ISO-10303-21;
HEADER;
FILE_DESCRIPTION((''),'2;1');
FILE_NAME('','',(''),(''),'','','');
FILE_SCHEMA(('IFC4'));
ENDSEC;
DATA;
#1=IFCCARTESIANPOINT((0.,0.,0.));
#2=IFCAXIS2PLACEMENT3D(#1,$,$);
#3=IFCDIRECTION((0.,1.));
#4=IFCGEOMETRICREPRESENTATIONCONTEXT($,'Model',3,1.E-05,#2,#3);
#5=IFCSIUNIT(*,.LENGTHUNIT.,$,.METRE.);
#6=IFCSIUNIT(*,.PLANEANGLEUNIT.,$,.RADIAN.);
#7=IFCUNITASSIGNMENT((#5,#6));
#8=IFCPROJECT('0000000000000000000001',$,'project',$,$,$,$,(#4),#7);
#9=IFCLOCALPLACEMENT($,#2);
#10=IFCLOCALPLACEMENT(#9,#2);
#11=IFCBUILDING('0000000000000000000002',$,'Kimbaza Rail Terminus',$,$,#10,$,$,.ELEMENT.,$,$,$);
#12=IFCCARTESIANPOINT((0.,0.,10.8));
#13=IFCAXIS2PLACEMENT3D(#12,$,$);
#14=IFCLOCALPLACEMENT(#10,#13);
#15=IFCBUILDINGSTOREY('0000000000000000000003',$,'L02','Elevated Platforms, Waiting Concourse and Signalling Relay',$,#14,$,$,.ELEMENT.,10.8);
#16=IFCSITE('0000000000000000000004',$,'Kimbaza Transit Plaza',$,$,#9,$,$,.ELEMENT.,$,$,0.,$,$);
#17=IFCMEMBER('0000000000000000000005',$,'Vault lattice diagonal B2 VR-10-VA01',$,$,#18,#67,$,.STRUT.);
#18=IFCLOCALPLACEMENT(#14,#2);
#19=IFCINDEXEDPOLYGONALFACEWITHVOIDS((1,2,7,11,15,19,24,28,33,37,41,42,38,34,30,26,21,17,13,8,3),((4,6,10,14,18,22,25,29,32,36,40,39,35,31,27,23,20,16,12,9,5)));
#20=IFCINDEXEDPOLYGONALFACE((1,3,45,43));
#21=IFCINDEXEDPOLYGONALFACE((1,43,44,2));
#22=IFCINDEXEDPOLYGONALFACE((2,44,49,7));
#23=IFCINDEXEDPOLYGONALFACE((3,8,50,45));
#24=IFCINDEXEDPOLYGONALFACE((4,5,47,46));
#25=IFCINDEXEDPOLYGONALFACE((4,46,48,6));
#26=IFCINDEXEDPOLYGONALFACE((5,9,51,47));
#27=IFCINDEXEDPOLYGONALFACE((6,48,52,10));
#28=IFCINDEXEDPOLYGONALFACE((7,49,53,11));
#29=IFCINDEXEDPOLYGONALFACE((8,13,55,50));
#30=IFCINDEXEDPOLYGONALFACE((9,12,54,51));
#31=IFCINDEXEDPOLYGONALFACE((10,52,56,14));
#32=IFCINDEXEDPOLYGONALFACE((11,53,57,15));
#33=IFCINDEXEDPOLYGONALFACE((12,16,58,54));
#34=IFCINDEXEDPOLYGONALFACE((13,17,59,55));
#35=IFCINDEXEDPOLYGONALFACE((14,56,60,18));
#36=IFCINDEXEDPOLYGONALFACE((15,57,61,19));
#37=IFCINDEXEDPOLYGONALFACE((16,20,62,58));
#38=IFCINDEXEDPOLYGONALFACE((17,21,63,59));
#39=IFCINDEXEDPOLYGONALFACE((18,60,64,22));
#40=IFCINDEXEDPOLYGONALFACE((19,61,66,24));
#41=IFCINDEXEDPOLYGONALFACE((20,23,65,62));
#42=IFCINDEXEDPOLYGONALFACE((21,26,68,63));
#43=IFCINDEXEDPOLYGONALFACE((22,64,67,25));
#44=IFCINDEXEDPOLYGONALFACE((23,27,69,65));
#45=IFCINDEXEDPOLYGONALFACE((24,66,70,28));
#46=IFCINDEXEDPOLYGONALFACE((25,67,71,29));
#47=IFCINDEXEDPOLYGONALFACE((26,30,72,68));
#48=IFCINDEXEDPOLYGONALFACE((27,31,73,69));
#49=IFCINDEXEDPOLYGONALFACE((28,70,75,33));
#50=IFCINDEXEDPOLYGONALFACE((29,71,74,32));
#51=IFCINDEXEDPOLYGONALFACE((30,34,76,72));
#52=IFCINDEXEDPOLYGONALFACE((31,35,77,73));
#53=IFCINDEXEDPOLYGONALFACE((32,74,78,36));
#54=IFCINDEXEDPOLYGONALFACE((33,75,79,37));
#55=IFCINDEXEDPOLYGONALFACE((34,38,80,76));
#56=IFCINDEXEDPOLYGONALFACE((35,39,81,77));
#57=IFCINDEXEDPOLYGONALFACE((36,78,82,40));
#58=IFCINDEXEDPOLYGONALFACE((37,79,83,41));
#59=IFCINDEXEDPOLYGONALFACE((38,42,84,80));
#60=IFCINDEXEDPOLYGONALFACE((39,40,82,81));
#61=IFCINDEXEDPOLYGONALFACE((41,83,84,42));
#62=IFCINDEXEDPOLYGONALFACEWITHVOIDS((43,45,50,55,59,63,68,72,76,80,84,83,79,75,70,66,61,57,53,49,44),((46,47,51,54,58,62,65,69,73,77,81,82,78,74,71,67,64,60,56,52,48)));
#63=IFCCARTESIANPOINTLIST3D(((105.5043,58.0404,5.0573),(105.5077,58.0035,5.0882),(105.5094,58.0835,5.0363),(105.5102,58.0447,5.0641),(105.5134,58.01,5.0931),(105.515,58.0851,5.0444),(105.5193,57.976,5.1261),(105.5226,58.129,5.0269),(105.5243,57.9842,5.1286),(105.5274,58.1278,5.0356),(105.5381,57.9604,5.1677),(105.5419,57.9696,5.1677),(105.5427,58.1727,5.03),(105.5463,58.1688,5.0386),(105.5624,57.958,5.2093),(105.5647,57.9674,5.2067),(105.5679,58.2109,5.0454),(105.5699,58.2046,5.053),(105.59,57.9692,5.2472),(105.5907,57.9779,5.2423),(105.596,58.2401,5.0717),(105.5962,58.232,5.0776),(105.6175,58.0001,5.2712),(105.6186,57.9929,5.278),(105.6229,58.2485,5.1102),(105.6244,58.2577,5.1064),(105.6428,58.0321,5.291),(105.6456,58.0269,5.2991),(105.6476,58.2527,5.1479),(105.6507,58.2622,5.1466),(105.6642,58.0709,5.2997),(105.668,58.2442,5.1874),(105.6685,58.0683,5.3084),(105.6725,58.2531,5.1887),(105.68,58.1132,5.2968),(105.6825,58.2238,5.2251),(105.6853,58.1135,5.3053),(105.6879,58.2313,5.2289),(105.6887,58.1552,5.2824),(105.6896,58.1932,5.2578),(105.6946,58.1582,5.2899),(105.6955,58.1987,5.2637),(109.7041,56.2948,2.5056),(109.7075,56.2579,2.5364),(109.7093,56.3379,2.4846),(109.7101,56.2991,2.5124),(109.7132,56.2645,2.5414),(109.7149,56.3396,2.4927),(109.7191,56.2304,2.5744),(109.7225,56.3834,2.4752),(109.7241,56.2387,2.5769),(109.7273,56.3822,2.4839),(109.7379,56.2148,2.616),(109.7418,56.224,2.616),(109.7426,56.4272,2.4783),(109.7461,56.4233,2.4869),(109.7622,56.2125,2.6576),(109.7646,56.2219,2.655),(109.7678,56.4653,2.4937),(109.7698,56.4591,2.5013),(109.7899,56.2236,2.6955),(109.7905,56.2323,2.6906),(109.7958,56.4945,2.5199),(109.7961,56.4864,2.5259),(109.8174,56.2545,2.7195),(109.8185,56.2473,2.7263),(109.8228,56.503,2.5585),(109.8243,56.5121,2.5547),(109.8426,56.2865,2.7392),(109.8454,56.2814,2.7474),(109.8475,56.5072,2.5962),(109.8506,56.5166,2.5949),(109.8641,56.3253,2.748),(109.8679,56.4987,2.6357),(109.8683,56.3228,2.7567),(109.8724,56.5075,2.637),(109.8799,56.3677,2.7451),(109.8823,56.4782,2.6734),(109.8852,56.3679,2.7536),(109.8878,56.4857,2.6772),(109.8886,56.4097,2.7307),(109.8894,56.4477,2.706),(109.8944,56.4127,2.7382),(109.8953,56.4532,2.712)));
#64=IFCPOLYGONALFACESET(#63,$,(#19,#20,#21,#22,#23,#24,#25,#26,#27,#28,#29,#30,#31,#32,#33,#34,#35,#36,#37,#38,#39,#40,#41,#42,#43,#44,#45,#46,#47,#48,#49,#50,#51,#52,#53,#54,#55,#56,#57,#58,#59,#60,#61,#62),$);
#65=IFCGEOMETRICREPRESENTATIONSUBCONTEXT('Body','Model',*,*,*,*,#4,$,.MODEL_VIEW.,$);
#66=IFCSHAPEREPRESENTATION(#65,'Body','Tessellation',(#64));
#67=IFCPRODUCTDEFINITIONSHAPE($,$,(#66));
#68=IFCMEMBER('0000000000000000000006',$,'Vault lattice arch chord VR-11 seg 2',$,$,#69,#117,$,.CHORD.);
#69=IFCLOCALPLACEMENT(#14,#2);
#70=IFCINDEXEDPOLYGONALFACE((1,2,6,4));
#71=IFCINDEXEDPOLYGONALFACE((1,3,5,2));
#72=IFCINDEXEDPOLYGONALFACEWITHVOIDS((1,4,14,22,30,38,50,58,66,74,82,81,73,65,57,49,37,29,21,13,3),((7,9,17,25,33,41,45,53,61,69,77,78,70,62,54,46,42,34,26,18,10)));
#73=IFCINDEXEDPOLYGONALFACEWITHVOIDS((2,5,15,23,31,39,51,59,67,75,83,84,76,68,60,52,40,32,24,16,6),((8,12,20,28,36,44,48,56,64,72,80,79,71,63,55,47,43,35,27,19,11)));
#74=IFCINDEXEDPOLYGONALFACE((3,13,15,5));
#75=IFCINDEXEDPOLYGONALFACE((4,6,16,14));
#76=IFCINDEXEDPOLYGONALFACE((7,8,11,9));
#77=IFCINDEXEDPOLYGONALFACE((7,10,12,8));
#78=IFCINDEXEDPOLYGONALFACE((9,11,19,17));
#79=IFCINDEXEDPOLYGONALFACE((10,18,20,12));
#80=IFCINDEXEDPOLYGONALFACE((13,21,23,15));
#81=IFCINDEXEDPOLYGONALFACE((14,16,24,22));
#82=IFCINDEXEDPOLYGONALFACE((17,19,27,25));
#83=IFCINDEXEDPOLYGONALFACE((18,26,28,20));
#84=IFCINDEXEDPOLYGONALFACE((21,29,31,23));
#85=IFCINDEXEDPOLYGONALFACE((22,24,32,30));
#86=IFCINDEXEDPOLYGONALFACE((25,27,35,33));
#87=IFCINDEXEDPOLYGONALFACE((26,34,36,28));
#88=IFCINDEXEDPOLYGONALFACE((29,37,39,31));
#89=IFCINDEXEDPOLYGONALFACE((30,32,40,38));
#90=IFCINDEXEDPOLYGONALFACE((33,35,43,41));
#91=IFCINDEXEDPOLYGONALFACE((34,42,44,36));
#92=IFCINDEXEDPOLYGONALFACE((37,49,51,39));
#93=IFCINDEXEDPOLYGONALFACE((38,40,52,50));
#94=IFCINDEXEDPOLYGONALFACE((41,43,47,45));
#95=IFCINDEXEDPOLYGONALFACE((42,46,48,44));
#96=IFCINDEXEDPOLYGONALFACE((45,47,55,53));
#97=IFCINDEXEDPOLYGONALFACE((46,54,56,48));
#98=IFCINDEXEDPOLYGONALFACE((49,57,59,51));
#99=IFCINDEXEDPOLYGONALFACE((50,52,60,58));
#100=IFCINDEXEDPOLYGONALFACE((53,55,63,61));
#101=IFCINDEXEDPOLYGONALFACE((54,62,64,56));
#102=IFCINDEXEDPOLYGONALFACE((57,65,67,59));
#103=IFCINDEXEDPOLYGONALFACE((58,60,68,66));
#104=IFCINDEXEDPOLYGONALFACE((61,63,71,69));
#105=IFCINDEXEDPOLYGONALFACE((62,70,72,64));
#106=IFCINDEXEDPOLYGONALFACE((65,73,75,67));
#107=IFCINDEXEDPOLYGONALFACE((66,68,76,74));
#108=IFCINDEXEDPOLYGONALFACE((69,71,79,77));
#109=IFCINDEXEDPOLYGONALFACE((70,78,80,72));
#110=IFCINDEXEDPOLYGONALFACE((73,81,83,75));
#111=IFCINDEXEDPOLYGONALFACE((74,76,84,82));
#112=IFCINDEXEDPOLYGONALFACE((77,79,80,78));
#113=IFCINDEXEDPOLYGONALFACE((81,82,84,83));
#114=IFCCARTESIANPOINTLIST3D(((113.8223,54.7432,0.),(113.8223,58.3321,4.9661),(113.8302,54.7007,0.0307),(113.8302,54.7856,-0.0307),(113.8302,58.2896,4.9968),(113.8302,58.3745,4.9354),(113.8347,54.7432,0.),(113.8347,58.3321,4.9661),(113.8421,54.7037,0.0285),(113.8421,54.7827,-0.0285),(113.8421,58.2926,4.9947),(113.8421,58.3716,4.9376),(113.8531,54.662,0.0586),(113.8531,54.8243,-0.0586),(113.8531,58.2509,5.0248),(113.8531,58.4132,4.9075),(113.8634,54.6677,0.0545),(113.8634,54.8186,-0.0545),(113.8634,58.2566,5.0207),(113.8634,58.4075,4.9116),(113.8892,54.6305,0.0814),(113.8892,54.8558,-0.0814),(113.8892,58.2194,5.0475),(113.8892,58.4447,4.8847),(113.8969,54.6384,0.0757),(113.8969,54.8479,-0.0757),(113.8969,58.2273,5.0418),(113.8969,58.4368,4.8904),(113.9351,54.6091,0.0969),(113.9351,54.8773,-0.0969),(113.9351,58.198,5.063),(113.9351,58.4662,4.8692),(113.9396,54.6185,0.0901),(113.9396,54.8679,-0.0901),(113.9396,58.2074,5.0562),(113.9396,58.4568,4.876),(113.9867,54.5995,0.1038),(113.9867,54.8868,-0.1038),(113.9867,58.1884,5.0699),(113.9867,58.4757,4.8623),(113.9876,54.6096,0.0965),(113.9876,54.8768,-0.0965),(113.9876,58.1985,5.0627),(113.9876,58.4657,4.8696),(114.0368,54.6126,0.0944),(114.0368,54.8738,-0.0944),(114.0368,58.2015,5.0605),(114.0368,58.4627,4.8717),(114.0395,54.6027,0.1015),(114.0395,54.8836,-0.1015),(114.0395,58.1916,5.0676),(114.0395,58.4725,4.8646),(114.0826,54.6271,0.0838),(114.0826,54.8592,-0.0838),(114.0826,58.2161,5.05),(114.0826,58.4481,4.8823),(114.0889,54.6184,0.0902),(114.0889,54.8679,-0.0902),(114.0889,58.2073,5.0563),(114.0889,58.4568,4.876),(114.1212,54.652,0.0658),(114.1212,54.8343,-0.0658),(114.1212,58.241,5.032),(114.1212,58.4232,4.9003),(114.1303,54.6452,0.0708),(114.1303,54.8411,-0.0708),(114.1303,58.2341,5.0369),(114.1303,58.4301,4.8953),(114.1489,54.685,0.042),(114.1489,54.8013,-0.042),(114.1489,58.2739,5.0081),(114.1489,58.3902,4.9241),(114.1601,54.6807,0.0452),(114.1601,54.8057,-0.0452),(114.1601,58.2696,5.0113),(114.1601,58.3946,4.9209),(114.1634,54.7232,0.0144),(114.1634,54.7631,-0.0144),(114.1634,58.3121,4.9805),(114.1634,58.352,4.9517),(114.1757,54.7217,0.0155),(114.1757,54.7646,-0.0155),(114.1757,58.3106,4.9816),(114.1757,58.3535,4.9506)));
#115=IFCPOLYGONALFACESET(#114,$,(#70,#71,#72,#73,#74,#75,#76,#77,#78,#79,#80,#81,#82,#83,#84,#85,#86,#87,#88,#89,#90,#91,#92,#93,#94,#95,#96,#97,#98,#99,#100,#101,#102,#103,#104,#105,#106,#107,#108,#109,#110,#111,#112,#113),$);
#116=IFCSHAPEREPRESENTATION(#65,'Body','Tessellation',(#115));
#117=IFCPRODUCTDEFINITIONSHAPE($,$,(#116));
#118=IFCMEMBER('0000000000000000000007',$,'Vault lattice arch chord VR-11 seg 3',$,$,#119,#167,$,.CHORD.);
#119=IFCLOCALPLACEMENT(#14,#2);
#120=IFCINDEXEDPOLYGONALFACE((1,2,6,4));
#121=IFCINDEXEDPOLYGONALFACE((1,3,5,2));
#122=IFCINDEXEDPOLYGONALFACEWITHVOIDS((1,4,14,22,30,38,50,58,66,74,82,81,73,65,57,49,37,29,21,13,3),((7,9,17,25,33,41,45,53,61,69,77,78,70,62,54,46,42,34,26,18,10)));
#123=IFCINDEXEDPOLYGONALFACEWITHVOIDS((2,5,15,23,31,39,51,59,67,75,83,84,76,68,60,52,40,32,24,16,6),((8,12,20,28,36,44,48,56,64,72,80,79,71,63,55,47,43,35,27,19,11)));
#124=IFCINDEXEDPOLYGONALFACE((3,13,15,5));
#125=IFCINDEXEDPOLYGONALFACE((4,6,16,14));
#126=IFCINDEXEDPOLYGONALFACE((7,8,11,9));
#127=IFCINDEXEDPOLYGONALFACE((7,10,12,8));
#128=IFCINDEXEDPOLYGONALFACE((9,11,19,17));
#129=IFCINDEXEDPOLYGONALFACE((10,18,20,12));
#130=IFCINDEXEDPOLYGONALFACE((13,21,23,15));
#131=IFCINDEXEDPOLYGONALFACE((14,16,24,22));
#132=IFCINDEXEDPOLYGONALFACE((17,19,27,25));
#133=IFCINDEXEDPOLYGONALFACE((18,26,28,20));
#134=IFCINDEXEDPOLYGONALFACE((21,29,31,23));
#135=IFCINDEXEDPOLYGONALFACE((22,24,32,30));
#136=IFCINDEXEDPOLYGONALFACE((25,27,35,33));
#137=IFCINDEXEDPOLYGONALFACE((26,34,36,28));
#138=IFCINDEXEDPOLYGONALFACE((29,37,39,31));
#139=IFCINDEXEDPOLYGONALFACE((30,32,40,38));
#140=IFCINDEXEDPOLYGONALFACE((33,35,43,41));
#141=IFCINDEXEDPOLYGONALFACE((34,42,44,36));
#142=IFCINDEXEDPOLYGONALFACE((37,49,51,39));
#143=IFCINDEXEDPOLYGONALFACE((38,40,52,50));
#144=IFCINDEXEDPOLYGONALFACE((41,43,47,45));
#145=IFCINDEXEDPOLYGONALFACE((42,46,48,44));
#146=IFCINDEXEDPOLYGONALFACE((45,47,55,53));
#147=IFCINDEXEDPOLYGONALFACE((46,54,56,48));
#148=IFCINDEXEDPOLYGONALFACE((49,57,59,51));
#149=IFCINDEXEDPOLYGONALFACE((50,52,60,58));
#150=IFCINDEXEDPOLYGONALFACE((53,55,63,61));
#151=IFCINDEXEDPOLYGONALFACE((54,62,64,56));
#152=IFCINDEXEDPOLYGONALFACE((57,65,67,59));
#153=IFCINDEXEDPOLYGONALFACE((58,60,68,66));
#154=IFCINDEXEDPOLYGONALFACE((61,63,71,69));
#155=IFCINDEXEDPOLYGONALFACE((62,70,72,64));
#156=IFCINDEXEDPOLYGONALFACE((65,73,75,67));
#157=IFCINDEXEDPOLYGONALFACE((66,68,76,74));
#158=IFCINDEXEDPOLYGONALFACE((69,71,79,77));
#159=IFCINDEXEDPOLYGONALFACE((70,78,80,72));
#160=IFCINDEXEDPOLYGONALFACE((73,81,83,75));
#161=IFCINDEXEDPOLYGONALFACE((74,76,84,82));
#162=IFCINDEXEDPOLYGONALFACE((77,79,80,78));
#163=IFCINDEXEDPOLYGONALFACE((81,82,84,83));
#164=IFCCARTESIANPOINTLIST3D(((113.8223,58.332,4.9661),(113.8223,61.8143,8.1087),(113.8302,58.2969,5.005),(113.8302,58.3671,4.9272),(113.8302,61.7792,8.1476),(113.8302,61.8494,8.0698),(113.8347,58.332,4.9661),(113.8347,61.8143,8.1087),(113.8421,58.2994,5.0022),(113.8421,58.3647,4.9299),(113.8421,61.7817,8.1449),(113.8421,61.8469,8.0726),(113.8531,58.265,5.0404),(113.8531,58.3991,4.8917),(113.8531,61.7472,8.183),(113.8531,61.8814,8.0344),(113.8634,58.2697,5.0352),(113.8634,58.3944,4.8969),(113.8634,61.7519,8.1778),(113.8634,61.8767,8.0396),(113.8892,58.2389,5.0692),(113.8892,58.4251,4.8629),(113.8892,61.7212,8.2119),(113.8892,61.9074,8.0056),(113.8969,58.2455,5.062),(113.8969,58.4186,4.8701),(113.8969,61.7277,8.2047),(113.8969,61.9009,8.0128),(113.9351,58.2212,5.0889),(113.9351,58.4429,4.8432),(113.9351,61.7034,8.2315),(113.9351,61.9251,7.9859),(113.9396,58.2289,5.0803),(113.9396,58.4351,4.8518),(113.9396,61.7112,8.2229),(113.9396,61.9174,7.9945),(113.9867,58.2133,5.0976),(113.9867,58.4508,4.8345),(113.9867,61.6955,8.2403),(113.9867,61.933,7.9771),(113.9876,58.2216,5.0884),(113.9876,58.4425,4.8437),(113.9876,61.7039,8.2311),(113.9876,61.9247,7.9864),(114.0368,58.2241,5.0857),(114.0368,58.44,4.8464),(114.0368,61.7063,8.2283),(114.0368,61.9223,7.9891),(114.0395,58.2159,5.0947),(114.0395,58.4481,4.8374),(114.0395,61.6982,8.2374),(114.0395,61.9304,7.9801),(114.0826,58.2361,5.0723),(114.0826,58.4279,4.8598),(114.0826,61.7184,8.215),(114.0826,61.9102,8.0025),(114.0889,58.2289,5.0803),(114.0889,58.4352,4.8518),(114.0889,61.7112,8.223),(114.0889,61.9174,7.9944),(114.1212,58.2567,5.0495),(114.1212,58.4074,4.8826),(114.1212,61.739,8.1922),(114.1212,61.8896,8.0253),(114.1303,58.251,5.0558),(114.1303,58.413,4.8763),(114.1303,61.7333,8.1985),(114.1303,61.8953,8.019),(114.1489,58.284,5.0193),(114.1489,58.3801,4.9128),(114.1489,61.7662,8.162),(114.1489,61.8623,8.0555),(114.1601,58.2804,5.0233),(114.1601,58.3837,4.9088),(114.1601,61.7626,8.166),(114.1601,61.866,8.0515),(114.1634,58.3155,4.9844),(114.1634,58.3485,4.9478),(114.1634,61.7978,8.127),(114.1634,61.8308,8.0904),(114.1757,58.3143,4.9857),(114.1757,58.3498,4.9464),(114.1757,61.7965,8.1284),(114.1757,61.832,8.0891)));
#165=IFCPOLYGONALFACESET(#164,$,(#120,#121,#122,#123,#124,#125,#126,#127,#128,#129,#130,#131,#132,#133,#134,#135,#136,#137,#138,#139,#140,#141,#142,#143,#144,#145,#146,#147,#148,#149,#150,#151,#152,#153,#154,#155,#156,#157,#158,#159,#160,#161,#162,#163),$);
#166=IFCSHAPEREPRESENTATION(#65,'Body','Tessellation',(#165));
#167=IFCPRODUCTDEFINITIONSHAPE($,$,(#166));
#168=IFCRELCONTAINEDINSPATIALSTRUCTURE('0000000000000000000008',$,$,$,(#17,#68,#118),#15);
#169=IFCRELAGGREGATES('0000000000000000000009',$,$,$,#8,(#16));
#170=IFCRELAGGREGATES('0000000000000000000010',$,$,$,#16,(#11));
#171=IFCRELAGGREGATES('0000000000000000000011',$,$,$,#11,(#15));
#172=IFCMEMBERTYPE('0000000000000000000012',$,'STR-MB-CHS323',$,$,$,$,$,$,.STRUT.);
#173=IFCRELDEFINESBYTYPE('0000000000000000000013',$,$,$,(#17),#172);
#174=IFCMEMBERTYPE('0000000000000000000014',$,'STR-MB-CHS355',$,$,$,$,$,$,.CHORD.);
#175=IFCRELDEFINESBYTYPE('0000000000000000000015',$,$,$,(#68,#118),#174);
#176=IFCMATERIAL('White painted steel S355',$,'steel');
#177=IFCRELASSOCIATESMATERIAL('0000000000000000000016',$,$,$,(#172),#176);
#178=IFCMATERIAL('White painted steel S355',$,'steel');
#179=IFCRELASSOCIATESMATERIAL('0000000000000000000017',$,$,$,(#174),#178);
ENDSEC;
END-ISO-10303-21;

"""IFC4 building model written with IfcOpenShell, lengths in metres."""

from ifc_helpers import new_model, si_unit, direction, frame, origin, origin_2d, place, context, subcontext, project, spatial, hollow_circle, extrude, material, material_profile, profile_set, type_object, element, save


model = new_model("IFC4")

# Units and contexts
model_context = context("Model", 3, precision=1e-05, world=origin(), true_north=direction((0.0, 1.0)))
body_context = subcontext(model_context, "Body", "Model", "MODEL_VIEW")
ifc_project = project(units=[si_unit("LENGTHUNIT", "METRE"), si_unit("PLANEANGLEUNIT", "RADIAN")], contexts=[model_context])

# Site, building, storey
site_placement = place(None, origin())
site = spatial("IfcSite", under=ifc_project, at=site_placement, Name="Kimbaza Transit Plaza", CompositionType="ELEMENT", RefElevation=0.0)
building_placement = place(site_placement, origin())
building = spatial("IfcBuilding", under=site, at=building_placement, Name="Kimbaza Rail Terminus", CompositionType="ELEMENT")
storey_placement = place(building_placement, frame((0.0, 0.0, 10.8)))
storey = spatial("IfcBuildingStorey", under=building, at=storey_placement, Name="L02", Description="Elevated Platforms, Waiting Concourse and Signalling Relay", CompositionType="ELEMENT", Elevation=10.8)

# Members
ifc_material_1 = material(Name="White painted steel S355", Category="steel")
ifc_material_profile_1 = material_profile(ifc_material_1, hollow_circle(Radius=0.1619, WallThickness=0.01, at=origin_2d()), Name="CHS 323.9x10")
ifc_profile_set_1 = profile_set([ifc_material_profile_1], Name="White painted steel S355")
member_type_1 = type_object("IfcMemberType", Name="STR-MB-CHS323", PredefinedType="STRUT", material=ifc_profile_set_1)
member_1_placement = place(storey_placement, frame((109.8, 56.3643, 2.616), z_axis=(-0.805331, 0.334716, 0.489293), x_axis=(-0.383796, -0.923418, 0.0)))
element("IfcMember", 1, at=member_1_placement, inside=storey, type_object=member_type_1, Name="Vault lattice diagonal B2 VR-10-VA01", PredefinedType="STRUT", context=body_context, shape_type="SweptSolid", body=[
    extrude(hollow_circle(Radius=0.1619, WallThickness=0.01, at=origin_2d()), origin(), (0.0, 0.0, 1.0), 5.2151),
])
ifc_material_2 = material(Name="White painted steel S355", Category="steel")
ifc_material_profile_2 = material_profile(ifc_material_2, hollow_circle(Radius=0.1777, WallThickness=0.0125, at=origin_2d()), Name="CHS 355.6x12.5")
ifc_profile_set_2 = profile_set([ifc_material_profile_2], Name="White painted steel S355")
member_type_2 = type_object("IfcMemberType", Name="STR-MB-CHS355", PredefinedType="CHORD", material=ifc_profile_set_2)
member_2_placement = place(storey_placement, frame((114.0, 54.7432, 0.0), z_axis=(0.0, 0.585733, 0.810504), x_axis=(-1.0, 0.0, 0.0)))
element("IfcMember", 2, at=member_2_placement, inside=storey, type_object=member_type_2, Name="Vault lattice arch chord VR-11 seg 2", PredefinedType="CHORD", context=body_context, shape_type="SweptSolid", body=[
    extrude(hollow_circle(Radius=0.1777, WallThickness=0.0125, at=origin_2d()), origin(), (0.0, 0.0, 1.0), 6.1272),
])
member_3_placement = place(storey_placement, frame((114.0, 58.332, 4.9661), z_axis=(0.0, 0.74238, 0.669979), x_axis=(-1.0, 0.0, 0.0)))
element("IfcMember", 3, at=member_3_placement, inside=storey, type_object=member_type_2, Name="Vault lattice arch chord VR-11 seg 3", PredefinedType="CHORD", context=body_context, shape_type="SweptSolid", body=[
    extrude(hollow_circle(Radius=0.1777, WallThickness=0.0125, at=origin_2d()), origin(), (0.0, 0.0, 1.0), 4.6907),
])

save(model, "model.ifc")
